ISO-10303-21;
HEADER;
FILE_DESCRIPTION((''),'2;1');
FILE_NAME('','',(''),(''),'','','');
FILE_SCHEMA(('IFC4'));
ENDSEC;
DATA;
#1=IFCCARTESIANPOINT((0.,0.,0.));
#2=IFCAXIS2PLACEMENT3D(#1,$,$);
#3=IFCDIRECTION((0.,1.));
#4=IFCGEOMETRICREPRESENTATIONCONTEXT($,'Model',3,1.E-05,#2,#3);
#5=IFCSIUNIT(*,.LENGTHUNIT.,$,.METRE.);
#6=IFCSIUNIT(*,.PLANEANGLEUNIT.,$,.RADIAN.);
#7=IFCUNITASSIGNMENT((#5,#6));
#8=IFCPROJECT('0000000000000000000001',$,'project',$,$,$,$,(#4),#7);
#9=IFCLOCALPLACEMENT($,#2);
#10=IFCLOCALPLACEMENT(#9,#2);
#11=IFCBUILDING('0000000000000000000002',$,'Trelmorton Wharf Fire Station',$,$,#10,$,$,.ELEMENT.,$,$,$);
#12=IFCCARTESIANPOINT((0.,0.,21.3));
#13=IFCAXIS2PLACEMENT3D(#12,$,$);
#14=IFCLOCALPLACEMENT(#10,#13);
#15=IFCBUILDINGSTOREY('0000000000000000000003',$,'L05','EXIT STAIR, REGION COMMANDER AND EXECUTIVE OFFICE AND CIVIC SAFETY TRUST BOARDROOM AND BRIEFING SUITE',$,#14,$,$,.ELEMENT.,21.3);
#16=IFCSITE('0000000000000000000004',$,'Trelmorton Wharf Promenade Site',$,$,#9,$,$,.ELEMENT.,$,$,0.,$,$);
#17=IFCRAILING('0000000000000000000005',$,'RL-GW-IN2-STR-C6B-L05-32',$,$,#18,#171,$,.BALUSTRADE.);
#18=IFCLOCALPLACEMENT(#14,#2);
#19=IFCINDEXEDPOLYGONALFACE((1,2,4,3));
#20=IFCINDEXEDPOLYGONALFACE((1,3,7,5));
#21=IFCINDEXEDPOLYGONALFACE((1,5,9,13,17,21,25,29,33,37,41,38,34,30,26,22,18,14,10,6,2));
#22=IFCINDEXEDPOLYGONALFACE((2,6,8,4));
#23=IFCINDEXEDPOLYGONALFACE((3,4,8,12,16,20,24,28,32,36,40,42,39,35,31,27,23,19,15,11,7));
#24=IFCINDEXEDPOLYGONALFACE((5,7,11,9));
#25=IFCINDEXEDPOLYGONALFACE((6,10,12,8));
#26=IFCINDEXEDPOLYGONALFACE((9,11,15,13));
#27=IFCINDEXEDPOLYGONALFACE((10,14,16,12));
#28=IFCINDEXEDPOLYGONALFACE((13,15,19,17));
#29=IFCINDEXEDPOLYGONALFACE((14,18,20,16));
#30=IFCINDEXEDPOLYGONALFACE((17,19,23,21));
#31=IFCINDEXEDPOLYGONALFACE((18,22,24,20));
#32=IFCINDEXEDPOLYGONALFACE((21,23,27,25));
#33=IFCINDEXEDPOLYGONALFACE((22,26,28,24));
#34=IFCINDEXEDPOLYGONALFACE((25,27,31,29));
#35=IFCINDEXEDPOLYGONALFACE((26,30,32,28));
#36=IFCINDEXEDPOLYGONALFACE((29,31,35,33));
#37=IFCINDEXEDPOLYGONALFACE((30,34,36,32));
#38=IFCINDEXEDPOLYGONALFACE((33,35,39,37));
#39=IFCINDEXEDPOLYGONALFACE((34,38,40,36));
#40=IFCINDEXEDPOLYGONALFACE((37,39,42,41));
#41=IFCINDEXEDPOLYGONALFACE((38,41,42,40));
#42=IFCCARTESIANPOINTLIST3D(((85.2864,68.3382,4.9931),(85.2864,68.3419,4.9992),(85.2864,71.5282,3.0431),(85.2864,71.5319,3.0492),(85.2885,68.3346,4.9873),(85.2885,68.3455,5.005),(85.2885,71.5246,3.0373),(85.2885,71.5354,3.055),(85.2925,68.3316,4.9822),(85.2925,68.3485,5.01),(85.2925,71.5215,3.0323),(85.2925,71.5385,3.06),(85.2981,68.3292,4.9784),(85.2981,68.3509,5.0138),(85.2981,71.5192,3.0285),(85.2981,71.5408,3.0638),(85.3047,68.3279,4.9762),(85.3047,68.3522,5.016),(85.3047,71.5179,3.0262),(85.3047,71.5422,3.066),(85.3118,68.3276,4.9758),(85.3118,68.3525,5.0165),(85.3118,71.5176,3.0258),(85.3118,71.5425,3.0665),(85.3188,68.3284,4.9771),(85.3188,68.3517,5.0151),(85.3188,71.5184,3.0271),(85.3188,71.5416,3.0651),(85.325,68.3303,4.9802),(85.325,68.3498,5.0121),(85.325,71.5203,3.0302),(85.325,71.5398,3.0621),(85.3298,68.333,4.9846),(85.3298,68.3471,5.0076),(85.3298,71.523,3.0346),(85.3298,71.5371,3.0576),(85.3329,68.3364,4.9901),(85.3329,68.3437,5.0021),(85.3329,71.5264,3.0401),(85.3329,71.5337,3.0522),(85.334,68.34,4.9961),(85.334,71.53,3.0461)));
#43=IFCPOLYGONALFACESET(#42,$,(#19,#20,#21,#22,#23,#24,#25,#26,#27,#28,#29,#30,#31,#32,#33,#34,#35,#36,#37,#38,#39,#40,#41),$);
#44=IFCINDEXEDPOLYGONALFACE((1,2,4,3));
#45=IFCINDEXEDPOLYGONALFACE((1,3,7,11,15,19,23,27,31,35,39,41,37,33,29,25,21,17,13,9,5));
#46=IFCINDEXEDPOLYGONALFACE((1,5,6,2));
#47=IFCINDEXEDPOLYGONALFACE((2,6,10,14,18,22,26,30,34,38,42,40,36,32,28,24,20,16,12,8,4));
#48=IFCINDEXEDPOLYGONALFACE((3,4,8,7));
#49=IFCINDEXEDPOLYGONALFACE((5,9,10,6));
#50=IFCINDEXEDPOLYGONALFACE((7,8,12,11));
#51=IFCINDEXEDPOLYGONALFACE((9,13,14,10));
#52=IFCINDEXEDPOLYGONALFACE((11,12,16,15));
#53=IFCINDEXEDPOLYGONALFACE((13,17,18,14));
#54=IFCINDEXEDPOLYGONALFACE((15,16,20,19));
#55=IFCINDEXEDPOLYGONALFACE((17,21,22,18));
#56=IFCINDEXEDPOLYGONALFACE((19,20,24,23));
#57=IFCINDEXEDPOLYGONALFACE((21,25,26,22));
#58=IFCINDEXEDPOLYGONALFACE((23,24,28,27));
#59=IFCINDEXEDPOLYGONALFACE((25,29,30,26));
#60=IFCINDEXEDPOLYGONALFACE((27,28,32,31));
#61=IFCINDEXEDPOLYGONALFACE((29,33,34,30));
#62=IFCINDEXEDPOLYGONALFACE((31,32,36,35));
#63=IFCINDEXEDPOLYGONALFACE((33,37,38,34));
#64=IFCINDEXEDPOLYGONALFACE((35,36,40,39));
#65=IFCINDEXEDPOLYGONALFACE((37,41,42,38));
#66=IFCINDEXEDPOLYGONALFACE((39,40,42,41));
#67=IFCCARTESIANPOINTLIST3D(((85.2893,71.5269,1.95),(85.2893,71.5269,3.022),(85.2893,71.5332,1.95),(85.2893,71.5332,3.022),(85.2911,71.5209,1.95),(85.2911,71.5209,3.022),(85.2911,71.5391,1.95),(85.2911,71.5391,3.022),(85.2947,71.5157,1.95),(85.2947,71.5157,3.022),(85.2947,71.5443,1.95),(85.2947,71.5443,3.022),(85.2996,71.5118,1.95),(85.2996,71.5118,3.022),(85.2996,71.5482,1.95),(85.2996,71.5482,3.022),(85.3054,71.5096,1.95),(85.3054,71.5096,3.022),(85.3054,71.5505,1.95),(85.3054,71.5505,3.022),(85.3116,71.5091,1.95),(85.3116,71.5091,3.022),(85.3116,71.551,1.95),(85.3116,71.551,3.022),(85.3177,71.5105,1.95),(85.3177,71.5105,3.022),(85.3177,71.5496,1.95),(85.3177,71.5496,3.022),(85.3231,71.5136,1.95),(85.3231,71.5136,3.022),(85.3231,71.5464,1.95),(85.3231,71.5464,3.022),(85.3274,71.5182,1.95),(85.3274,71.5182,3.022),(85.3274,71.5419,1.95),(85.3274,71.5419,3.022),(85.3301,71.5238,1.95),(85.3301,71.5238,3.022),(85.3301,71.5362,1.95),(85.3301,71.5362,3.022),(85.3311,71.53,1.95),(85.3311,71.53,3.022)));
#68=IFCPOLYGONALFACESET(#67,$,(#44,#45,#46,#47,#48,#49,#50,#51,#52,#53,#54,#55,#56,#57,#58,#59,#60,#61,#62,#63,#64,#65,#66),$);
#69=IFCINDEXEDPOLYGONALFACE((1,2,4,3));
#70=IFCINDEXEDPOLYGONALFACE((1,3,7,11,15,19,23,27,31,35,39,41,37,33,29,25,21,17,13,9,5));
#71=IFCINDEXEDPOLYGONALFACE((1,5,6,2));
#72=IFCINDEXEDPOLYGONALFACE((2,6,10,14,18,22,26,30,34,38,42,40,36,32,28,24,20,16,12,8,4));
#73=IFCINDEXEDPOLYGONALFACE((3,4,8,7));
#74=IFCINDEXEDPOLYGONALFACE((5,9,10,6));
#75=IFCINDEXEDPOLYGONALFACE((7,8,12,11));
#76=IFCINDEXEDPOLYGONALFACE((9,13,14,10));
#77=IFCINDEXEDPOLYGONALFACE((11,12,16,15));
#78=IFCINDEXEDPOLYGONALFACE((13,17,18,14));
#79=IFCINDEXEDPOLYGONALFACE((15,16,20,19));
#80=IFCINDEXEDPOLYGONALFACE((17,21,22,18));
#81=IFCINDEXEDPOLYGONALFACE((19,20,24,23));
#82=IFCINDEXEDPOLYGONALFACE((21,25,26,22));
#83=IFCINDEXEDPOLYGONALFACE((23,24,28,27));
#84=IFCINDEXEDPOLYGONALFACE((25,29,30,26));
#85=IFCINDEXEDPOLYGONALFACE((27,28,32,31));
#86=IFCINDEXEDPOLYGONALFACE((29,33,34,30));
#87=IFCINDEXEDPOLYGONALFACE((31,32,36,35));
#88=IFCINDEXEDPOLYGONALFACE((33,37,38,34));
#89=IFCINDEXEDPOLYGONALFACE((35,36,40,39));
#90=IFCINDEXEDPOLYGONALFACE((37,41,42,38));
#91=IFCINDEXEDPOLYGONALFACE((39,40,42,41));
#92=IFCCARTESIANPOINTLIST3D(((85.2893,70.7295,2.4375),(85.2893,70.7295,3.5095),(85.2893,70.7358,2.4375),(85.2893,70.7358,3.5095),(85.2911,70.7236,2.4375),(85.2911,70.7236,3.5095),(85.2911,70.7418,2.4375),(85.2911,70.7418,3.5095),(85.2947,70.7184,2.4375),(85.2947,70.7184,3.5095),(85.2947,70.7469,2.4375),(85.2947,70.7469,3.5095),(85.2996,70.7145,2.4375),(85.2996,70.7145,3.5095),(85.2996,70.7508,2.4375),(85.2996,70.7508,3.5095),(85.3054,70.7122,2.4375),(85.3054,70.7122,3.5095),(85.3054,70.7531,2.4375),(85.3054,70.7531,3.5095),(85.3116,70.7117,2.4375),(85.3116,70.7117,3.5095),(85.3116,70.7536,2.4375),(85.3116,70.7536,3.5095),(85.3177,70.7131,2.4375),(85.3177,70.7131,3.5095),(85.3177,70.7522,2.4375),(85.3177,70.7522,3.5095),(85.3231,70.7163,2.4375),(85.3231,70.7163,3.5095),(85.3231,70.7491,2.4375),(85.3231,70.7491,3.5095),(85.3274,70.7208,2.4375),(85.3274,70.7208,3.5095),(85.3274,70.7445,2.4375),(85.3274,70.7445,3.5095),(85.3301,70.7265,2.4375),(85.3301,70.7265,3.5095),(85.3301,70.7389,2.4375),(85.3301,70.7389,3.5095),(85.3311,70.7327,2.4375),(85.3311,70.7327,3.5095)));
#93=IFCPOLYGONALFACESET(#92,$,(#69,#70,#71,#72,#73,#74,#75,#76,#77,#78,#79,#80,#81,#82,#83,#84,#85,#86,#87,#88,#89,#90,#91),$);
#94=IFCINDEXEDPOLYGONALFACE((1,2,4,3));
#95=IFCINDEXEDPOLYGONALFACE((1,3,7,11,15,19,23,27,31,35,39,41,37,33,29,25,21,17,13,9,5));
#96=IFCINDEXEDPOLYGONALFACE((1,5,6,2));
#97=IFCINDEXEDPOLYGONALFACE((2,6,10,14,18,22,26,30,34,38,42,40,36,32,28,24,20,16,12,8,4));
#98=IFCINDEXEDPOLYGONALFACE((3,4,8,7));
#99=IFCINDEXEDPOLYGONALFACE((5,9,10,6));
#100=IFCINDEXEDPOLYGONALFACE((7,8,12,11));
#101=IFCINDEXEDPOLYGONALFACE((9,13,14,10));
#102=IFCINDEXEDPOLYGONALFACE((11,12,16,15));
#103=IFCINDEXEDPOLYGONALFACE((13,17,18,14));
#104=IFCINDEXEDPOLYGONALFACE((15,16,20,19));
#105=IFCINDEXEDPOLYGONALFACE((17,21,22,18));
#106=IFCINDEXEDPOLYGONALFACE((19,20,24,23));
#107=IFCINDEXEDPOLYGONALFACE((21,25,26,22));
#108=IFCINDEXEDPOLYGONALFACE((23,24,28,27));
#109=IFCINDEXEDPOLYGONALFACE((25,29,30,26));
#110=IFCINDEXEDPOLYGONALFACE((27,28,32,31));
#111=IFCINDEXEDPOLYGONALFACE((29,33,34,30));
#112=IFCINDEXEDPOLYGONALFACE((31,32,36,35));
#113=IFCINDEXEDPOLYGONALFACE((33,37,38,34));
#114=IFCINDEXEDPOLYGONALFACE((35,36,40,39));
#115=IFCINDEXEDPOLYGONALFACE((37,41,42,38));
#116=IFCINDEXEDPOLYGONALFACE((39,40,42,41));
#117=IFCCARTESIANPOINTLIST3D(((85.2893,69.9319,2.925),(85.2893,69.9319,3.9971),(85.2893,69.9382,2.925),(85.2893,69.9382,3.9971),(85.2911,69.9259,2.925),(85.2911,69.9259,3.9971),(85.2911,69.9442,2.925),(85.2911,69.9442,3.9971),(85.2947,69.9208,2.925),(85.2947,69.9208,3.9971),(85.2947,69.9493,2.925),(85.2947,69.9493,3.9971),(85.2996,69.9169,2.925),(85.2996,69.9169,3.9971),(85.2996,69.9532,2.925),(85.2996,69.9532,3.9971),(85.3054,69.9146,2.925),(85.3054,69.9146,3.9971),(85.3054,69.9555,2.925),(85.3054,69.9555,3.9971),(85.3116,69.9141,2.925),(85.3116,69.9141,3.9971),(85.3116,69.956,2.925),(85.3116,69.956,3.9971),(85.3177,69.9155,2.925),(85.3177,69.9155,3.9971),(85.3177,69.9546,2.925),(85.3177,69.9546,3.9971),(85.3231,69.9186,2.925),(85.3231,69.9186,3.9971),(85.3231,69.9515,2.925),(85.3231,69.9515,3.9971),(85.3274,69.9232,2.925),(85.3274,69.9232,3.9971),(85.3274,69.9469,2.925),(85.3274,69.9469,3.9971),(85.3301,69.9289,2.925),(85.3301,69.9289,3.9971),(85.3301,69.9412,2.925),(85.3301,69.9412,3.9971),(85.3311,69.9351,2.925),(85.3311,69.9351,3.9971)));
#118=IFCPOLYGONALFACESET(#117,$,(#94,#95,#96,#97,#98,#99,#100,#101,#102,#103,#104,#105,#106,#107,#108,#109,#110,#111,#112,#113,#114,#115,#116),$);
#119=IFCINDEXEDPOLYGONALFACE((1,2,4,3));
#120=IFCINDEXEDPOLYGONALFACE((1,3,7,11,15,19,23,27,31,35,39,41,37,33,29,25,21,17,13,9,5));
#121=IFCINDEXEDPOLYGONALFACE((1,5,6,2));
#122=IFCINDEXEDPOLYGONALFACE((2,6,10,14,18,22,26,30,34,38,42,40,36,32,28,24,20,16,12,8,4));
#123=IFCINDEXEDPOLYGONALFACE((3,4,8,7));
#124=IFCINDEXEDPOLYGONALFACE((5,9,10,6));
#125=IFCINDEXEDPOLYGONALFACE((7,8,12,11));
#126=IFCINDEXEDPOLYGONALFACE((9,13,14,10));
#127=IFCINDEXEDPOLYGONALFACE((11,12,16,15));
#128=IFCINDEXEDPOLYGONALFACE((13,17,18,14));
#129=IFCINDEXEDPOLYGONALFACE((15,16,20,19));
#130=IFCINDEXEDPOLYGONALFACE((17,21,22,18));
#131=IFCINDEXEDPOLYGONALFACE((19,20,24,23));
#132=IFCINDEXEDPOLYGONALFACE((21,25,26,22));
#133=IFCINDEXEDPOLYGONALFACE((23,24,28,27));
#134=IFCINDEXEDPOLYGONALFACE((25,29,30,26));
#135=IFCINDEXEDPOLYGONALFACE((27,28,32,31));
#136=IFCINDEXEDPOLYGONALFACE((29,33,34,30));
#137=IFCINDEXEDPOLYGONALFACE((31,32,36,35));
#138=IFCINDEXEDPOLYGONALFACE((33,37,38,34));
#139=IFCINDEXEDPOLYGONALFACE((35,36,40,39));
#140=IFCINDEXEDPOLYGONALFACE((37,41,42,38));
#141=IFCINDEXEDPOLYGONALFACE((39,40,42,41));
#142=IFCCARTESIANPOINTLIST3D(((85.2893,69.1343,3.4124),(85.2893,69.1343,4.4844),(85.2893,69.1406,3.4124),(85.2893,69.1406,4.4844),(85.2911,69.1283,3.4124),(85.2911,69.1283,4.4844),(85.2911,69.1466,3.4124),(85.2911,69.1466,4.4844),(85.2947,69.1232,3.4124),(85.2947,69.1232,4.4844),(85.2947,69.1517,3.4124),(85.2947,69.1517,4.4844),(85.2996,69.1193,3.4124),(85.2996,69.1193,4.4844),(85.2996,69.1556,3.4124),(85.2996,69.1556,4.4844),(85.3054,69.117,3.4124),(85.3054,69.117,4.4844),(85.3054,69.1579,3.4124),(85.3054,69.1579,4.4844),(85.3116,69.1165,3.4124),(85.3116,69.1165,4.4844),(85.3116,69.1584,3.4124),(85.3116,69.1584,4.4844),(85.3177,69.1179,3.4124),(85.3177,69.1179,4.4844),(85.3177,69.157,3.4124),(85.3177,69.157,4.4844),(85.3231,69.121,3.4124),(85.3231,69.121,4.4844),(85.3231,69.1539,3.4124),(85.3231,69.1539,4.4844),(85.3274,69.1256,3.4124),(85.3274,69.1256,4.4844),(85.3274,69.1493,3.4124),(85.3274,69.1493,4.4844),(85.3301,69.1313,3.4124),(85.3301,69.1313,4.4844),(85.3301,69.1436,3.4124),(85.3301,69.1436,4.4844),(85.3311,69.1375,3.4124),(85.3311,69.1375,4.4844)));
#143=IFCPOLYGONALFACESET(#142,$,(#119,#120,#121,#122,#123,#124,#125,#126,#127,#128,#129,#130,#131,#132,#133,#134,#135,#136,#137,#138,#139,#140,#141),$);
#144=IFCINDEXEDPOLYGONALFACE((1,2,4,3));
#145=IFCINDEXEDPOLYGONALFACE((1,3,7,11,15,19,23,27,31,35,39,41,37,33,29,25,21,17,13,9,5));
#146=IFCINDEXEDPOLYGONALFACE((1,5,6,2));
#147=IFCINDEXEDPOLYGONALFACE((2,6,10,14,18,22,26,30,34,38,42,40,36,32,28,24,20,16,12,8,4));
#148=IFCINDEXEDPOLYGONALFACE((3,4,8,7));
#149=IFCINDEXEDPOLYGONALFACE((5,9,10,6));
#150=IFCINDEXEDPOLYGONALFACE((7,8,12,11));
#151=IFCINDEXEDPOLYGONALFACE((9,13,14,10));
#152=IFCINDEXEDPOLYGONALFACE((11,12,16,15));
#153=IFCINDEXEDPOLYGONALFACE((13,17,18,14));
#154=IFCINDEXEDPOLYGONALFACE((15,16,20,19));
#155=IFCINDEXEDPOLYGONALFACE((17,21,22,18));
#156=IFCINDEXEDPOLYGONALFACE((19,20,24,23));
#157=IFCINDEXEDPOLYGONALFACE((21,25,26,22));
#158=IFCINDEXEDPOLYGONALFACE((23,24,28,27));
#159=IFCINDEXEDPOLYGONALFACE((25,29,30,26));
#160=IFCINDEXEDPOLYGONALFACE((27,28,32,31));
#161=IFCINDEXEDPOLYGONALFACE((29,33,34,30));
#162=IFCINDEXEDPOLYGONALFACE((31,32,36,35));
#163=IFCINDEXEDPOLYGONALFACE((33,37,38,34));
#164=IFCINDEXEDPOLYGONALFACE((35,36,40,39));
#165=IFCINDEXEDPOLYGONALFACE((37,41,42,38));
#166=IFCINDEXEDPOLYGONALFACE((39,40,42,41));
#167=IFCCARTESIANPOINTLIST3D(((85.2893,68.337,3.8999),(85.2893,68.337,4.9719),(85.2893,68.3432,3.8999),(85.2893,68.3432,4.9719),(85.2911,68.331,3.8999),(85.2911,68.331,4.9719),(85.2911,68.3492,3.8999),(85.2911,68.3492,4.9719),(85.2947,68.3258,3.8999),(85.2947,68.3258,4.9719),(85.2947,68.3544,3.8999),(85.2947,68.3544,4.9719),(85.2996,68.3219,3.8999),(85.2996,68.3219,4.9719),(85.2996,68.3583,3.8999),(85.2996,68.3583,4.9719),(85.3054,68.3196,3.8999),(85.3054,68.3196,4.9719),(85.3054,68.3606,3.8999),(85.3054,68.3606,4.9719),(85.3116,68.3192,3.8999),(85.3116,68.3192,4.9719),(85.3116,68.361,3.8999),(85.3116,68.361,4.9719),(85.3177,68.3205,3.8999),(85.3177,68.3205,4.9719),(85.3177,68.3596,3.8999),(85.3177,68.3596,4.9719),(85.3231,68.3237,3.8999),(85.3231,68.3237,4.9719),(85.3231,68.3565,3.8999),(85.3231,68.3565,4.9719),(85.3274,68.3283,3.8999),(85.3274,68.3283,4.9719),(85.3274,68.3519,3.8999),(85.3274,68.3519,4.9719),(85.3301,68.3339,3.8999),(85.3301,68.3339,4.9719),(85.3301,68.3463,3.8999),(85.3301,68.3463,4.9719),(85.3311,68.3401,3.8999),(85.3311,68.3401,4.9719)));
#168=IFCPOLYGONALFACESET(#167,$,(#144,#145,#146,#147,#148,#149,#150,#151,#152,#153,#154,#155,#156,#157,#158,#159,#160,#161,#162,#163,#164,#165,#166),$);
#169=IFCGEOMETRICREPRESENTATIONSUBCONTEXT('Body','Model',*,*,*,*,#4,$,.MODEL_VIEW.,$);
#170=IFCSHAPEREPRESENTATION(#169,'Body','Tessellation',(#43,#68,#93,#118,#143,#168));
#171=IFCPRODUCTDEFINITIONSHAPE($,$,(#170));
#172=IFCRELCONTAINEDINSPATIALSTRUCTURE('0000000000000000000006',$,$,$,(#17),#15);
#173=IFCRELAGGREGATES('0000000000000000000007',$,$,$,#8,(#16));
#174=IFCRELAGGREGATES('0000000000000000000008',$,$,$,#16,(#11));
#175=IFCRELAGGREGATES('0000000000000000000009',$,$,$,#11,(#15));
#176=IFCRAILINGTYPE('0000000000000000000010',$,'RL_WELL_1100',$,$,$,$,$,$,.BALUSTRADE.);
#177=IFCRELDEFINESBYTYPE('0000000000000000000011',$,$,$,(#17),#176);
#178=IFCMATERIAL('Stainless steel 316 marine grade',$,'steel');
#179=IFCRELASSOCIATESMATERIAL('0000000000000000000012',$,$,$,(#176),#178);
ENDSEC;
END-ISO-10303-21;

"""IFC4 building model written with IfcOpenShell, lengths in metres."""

from ifc_helpers import new_model, si_unit, direction, frame, origin, origin_2d, place, context, subcontext, project, spatial, circle, extrude, material, type_object, element, save


model = new_model("IFC4")

# Units and contexts
model_context = context("Model", 3, precision=1e-05, world=origin(), true_north=direction((0.0, 1.0)))
body_context = subcontext(model_context, "Body", "Model", "MODEL_VIEW")
ifc_project = project(units=[si_unit("LENGTHUNIT", "METRE"), si_unit("PLANEANGLEUNIT", "RADIAN")], contexts=[model_context])

# Site, building, storey
site_placement = place(None, origin())
site = spatial("IfcSite", under=ifc_project, at=site_placement, Name="Trelmorton Wharf Promenade Site", CompositionType="ELEMENT", RefElevation=0.0)
building_placement = place(site_placement, origin())
building = spatial("IfcBuilding", under=site, at=building_placement, Name="Trelmorton Wharf Fire Station", CompositionType="ELEMENT")
storey_placement = place(building_placement, frame((0.0, 0.0, 21.3)))
storey = spatial("IfcBuildingStorey", under=building, at=storey_placement, Name="L05", Description="EXIT STAIR, REGION COMMANDER AND EXECUTIVE OFFICE AND CIVIC SAFETY TRUST BOARDROOM AND BRIEFING SUITE", CompositionType="ELEMENT", Elevation=21.3)

# Shared definitions
ifc_material_1 = material(Name="Stainless steel 316 marine grade", Category="steel")

# Railing
railing_type_1 = type_object("IfcRailingType", Name="RL_WELL_1100", PredefinedType="BALUSTRADE", material=ifc_material_1)
railing_1_placement = place(storey_placement, frame((85.3101, 71.53, 1.95)))
element("IfcRailing", 1, at=railing_1_placement, inside=storey, type_object=railing_type_1, Name="RL-GW-IN2-STR-C6B-L05-32", PredefinedType="BALUSTRADE", context=body_context, shape_type="SweptSolid", body=[
    extrude(circle(Radius=0.0239, at=origin_2d()), frame((0.0, 0.0, 1.0962), z_axis=(0.0, -0.853217, 0.521556), x_axis=(1.0, 0.0, 0.0)), (0.0, 0.0, 1.0), 3.7388),
    extrude(circle(Radius=0.021, at=origin_2d()), origin(), (0.0, 0.0, 1.0), 1.072),
    extrude(circle(Radius=0.021, at=origin_2d()), frame((0.0, -0.7974, 0.4875)), (0.0, 0.0, 1.0), 1.072),
    extrude(circle(Radius=0.021, at=origin_2d()), frame((0.0, -1.595, 0.9751)), (0.0, 0.0, 1.0), 1.072),
    extrude(circle(Radius=0.021, at=origin_2d()), frame((0.0, -2.3926, 1.4624)), (0.0, 0.0, 1.0), 1.072),
    extrude(circle(Radius=0.021, at=origin_2d()), frame((0.0, -3.1899, 1.95)), (0.0, 0.0, 1.0), 1.072),
])

save(model, "model.ifc")
